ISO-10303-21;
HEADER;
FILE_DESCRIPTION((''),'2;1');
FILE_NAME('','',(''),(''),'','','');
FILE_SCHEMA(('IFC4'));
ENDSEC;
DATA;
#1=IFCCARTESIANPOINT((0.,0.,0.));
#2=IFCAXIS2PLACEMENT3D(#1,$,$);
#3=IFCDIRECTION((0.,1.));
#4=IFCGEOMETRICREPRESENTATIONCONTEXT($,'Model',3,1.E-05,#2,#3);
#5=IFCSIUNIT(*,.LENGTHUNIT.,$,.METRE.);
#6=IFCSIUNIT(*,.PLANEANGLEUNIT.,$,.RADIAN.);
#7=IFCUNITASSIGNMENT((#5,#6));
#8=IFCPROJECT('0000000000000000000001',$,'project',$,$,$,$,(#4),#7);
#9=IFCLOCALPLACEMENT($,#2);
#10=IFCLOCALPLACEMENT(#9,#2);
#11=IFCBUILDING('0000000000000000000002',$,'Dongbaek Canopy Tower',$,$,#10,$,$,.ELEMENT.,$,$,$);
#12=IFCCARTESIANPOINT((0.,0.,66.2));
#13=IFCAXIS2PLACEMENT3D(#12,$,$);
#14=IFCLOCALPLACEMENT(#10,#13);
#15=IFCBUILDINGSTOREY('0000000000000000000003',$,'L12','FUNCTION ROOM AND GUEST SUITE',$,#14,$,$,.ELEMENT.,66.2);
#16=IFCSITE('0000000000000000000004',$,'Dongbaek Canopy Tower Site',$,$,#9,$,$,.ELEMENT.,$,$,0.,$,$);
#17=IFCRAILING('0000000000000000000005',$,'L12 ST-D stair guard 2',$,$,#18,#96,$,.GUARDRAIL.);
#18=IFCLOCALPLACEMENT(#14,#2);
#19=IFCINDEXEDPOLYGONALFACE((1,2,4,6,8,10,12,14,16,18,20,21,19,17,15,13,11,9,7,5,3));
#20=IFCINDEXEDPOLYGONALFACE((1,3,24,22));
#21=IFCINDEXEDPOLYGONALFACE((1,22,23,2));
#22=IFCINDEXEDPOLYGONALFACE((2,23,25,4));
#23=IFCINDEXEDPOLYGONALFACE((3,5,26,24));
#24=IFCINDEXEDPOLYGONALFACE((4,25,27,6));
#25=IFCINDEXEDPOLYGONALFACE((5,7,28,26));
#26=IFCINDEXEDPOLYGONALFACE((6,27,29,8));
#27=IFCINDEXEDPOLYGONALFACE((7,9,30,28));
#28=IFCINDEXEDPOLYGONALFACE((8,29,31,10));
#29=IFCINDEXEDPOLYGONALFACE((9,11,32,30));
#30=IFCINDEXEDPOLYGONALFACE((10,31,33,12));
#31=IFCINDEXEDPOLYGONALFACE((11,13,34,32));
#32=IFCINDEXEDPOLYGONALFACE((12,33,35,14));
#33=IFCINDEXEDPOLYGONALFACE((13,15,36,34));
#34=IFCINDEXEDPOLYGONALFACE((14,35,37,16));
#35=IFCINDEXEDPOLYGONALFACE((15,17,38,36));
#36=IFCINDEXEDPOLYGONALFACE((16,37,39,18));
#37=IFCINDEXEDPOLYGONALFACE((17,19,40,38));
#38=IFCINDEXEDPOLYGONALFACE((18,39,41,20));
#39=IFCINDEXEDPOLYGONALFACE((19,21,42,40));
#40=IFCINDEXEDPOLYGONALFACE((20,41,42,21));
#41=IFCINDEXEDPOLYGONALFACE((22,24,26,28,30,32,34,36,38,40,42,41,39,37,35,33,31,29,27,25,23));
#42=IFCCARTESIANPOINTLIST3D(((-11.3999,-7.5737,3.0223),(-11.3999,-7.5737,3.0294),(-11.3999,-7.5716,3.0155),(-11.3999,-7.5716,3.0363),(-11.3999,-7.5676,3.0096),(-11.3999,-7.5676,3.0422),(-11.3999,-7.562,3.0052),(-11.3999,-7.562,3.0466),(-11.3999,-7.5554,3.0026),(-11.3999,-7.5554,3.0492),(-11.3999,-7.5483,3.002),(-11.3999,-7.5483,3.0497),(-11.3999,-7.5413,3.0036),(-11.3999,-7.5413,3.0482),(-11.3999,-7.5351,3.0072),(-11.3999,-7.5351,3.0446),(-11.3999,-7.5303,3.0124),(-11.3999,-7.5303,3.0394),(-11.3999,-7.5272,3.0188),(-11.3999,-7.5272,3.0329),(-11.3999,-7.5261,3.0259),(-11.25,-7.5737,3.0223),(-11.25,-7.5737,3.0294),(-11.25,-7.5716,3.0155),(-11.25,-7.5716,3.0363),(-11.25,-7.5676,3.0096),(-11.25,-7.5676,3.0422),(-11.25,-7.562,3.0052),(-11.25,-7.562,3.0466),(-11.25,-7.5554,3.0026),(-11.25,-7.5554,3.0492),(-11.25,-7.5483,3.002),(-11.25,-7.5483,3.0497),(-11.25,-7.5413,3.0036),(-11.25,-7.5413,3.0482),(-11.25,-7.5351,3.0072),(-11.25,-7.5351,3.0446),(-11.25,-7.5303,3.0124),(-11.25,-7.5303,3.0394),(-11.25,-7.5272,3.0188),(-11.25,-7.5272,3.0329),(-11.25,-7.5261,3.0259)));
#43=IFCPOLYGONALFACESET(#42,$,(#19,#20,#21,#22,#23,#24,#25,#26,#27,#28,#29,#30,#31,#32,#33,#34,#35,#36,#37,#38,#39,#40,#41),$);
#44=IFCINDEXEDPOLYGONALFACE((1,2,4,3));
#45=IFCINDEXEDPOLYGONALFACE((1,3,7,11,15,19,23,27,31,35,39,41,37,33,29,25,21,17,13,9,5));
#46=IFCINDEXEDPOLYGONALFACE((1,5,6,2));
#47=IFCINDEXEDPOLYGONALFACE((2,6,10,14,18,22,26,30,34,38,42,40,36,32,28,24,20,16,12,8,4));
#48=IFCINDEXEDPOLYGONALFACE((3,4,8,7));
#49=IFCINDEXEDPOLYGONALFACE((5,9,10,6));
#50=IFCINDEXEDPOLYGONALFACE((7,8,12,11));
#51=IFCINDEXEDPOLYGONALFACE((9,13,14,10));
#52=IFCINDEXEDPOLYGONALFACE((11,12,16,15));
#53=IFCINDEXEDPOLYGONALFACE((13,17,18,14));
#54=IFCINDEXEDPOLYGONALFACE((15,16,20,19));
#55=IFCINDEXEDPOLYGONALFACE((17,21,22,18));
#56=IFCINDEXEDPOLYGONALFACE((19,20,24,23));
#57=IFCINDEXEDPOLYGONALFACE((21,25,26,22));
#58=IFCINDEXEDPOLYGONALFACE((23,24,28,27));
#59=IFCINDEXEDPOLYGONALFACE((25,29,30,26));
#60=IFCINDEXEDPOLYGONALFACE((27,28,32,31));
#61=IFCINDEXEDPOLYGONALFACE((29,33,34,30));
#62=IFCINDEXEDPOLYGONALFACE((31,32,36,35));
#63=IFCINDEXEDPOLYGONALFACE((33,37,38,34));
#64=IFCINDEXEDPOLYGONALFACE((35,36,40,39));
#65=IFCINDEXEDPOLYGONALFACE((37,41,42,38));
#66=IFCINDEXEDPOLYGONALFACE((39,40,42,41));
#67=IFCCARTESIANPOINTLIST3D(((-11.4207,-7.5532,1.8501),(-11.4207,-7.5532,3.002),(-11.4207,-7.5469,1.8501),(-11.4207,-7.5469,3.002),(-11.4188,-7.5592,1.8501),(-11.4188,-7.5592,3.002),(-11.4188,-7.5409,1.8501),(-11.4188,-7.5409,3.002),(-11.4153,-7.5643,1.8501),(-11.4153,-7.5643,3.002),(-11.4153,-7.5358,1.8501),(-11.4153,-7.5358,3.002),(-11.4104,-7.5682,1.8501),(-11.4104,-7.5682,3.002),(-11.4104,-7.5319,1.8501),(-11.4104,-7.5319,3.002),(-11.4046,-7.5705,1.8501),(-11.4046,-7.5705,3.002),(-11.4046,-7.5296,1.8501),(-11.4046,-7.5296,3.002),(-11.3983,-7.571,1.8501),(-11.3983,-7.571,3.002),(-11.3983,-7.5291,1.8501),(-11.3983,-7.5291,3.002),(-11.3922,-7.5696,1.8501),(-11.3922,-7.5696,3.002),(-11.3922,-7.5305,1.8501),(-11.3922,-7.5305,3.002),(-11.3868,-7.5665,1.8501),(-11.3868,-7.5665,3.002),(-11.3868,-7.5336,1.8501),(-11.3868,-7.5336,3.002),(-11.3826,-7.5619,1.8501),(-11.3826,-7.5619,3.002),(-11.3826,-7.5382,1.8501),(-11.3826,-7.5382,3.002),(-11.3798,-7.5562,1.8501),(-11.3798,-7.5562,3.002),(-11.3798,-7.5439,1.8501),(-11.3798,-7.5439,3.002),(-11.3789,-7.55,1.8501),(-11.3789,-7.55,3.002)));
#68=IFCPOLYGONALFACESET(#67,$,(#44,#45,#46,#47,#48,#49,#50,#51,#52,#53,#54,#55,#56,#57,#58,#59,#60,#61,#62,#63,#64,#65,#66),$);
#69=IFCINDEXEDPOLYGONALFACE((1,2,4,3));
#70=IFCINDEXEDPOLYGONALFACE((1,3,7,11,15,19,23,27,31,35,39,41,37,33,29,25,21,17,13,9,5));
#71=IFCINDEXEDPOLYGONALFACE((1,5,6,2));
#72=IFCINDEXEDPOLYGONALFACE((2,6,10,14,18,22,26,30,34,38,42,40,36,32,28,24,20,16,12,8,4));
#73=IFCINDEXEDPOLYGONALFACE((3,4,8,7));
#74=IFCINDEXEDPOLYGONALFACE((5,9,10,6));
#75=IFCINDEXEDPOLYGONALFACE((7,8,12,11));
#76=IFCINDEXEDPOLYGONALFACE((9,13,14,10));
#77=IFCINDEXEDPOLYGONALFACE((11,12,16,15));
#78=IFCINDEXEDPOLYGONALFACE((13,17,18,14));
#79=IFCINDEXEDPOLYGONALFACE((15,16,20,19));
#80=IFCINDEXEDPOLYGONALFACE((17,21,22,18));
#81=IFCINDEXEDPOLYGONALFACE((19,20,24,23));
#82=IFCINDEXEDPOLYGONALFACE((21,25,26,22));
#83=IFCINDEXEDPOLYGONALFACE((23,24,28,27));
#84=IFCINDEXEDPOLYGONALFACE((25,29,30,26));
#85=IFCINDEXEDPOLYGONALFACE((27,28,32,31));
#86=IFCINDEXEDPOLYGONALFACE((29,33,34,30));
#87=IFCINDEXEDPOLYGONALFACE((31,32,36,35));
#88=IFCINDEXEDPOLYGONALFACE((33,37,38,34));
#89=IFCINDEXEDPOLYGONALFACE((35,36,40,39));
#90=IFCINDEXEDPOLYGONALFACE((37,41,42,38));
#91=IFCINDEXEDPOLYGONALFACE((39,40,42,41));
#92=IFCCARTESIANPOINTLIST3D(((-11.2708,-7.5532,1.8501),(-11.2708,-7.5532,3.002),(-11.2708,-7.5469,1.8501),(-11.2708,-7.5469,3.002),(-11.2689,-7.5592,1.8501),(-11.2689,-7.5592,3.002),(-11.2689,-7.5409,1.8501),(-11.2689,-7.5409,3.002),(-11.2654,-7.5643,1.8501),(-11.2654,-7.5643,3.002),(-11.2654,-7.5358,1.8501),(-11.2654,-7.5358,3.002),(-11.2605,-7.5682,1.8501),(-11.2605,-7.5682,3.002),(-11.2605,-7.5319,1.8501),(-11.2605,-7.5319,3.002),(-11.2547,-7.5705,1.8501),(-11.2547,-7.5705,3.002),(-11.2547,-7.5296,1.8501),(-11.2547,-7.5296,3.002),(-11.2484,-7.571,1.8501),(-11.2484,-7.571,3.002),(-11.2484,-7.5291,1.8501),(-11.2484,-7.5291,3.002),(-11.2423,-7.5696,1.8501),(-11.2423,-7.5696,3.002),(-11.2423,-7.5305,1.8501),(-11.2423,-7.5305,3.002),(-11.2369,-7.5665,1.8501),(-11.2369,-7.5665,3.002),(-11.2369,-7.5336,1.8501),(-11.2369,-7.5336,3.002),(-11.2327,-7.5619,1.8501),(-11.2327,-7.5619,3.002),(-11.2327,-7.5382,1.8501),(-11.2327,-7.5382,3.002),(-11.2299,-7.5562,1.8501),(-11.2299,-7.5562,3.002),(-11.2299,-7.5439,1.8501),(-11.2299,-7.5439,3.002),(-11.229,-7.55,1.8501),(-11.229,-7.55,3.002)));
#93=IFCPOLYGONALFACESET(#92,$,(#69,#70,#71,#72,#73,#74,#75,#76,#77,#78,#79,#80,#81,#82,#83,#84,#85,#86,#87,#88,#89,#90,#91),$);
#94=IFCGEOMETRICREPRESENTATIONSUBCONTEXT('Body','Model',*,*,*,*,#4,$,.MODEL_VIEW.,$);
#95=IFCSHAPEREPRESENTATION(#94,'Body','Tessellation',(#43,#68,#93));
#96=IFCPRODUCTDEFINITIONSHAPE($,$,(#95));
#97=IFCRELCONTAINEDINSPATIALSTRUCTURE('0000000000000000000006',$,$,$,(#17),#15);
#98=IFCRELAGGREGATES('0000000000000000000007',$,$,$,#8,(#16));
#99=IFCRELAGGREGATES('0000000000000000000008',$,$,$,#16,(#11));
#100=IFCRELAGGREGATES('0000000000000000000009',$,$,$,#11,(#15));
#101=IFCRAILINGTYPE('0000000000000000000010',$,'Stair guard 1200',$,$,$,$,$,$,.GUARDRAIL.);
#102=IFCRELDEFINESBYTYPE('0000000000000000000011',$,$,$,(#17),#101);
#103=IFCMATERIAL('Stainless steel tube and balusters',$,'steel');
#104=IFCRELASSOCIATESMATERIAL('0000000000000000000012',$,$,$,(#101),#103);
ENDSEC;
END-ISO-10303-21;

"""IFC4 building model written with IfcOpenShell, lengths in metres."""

from ifc_helpers import new_model, si_unit, direction, frame, origin, origin_2d, place, context, subcontext, project, spatial, circle, extrude, material, type_object, element, save


model = new_model("IFC4")

# Units and contexts
model_context = context("Model", 3, precision=1e-05, world=origin(), true_north=direction((0.0, 1.0)))
body_context = subcontext(model_context, "Body", "Model", "MODEL_VIEW")
ifc_project = project(units=[si_unit("LENGTHUNIT", "METRE"), si_unit("PLANEANGLEUNIT", "RADIAN")], contexts=[model_context])

# Site, building, storey
site_placement = place(None, origin())
site = spatial("IfcSite", under=ifc_project, at=site_placement, Name="Dongbaek Canopy Tower Site", CompositionType="ELEMENT", RefElevation=0.0)
building_placement = place(site_placement, origin())
building = spatial("IfcBuilding", under=site, at=building_placement, Name="Dongbaek Canopy Tower", CompositionType="ELEMENT")
storey_placement = place(building_placement, frame((0.0, 0.0, 66.2)))
storey = spatial("IfcBuildingStorey", under=building, at=storey_placement, Name="L12", Description="FUNCTION ROOM AND GUEST SUITE", CompositionType="ELEMENT", Elevation=66.2)

# Railing
ifc_material_1 = material(Name="Stainless steel tube and balusters", Category="steel")
railing_type_1 = type_object("IfcRailingType", Name="Stair guard 1200", PredefinedType="GUARDRAIL", material=ifc_material_1)
railing_1_placement = place(storey_placement, frame((-11.3999, -7.55, 1.8501)))
element("IfcRailing", 1, at=railing_1_placement, inside=storey, type_object=railing_type_1, Name="L12 ST-D stair guard 2", PredefinedType="GUARDRAIL", context=body_context, shape_type="SweptSolid", body=[
    extrude(circle(Radius=0.0239, at=origin_2d()), frame((0.0, 0.0, 1.1758), z_axis=(1.0, 0.0, 0.0), x_axis=(0.0, 1.0, 0.0)), (0.0, 0.0, 1.0), 0.1499),
    extrude(circle(Radius=0.021, at=origin_2d()), origin(), (0.0, 0.0, 1.0), 1.1519),
    extrude(circle(Radius=0.021, at=origin_2d()), frame((0.1499, 0.0, 0.0)), (0.0, 0.0, 1.0), 1.1519),
])

save(model, "model.ifc")
